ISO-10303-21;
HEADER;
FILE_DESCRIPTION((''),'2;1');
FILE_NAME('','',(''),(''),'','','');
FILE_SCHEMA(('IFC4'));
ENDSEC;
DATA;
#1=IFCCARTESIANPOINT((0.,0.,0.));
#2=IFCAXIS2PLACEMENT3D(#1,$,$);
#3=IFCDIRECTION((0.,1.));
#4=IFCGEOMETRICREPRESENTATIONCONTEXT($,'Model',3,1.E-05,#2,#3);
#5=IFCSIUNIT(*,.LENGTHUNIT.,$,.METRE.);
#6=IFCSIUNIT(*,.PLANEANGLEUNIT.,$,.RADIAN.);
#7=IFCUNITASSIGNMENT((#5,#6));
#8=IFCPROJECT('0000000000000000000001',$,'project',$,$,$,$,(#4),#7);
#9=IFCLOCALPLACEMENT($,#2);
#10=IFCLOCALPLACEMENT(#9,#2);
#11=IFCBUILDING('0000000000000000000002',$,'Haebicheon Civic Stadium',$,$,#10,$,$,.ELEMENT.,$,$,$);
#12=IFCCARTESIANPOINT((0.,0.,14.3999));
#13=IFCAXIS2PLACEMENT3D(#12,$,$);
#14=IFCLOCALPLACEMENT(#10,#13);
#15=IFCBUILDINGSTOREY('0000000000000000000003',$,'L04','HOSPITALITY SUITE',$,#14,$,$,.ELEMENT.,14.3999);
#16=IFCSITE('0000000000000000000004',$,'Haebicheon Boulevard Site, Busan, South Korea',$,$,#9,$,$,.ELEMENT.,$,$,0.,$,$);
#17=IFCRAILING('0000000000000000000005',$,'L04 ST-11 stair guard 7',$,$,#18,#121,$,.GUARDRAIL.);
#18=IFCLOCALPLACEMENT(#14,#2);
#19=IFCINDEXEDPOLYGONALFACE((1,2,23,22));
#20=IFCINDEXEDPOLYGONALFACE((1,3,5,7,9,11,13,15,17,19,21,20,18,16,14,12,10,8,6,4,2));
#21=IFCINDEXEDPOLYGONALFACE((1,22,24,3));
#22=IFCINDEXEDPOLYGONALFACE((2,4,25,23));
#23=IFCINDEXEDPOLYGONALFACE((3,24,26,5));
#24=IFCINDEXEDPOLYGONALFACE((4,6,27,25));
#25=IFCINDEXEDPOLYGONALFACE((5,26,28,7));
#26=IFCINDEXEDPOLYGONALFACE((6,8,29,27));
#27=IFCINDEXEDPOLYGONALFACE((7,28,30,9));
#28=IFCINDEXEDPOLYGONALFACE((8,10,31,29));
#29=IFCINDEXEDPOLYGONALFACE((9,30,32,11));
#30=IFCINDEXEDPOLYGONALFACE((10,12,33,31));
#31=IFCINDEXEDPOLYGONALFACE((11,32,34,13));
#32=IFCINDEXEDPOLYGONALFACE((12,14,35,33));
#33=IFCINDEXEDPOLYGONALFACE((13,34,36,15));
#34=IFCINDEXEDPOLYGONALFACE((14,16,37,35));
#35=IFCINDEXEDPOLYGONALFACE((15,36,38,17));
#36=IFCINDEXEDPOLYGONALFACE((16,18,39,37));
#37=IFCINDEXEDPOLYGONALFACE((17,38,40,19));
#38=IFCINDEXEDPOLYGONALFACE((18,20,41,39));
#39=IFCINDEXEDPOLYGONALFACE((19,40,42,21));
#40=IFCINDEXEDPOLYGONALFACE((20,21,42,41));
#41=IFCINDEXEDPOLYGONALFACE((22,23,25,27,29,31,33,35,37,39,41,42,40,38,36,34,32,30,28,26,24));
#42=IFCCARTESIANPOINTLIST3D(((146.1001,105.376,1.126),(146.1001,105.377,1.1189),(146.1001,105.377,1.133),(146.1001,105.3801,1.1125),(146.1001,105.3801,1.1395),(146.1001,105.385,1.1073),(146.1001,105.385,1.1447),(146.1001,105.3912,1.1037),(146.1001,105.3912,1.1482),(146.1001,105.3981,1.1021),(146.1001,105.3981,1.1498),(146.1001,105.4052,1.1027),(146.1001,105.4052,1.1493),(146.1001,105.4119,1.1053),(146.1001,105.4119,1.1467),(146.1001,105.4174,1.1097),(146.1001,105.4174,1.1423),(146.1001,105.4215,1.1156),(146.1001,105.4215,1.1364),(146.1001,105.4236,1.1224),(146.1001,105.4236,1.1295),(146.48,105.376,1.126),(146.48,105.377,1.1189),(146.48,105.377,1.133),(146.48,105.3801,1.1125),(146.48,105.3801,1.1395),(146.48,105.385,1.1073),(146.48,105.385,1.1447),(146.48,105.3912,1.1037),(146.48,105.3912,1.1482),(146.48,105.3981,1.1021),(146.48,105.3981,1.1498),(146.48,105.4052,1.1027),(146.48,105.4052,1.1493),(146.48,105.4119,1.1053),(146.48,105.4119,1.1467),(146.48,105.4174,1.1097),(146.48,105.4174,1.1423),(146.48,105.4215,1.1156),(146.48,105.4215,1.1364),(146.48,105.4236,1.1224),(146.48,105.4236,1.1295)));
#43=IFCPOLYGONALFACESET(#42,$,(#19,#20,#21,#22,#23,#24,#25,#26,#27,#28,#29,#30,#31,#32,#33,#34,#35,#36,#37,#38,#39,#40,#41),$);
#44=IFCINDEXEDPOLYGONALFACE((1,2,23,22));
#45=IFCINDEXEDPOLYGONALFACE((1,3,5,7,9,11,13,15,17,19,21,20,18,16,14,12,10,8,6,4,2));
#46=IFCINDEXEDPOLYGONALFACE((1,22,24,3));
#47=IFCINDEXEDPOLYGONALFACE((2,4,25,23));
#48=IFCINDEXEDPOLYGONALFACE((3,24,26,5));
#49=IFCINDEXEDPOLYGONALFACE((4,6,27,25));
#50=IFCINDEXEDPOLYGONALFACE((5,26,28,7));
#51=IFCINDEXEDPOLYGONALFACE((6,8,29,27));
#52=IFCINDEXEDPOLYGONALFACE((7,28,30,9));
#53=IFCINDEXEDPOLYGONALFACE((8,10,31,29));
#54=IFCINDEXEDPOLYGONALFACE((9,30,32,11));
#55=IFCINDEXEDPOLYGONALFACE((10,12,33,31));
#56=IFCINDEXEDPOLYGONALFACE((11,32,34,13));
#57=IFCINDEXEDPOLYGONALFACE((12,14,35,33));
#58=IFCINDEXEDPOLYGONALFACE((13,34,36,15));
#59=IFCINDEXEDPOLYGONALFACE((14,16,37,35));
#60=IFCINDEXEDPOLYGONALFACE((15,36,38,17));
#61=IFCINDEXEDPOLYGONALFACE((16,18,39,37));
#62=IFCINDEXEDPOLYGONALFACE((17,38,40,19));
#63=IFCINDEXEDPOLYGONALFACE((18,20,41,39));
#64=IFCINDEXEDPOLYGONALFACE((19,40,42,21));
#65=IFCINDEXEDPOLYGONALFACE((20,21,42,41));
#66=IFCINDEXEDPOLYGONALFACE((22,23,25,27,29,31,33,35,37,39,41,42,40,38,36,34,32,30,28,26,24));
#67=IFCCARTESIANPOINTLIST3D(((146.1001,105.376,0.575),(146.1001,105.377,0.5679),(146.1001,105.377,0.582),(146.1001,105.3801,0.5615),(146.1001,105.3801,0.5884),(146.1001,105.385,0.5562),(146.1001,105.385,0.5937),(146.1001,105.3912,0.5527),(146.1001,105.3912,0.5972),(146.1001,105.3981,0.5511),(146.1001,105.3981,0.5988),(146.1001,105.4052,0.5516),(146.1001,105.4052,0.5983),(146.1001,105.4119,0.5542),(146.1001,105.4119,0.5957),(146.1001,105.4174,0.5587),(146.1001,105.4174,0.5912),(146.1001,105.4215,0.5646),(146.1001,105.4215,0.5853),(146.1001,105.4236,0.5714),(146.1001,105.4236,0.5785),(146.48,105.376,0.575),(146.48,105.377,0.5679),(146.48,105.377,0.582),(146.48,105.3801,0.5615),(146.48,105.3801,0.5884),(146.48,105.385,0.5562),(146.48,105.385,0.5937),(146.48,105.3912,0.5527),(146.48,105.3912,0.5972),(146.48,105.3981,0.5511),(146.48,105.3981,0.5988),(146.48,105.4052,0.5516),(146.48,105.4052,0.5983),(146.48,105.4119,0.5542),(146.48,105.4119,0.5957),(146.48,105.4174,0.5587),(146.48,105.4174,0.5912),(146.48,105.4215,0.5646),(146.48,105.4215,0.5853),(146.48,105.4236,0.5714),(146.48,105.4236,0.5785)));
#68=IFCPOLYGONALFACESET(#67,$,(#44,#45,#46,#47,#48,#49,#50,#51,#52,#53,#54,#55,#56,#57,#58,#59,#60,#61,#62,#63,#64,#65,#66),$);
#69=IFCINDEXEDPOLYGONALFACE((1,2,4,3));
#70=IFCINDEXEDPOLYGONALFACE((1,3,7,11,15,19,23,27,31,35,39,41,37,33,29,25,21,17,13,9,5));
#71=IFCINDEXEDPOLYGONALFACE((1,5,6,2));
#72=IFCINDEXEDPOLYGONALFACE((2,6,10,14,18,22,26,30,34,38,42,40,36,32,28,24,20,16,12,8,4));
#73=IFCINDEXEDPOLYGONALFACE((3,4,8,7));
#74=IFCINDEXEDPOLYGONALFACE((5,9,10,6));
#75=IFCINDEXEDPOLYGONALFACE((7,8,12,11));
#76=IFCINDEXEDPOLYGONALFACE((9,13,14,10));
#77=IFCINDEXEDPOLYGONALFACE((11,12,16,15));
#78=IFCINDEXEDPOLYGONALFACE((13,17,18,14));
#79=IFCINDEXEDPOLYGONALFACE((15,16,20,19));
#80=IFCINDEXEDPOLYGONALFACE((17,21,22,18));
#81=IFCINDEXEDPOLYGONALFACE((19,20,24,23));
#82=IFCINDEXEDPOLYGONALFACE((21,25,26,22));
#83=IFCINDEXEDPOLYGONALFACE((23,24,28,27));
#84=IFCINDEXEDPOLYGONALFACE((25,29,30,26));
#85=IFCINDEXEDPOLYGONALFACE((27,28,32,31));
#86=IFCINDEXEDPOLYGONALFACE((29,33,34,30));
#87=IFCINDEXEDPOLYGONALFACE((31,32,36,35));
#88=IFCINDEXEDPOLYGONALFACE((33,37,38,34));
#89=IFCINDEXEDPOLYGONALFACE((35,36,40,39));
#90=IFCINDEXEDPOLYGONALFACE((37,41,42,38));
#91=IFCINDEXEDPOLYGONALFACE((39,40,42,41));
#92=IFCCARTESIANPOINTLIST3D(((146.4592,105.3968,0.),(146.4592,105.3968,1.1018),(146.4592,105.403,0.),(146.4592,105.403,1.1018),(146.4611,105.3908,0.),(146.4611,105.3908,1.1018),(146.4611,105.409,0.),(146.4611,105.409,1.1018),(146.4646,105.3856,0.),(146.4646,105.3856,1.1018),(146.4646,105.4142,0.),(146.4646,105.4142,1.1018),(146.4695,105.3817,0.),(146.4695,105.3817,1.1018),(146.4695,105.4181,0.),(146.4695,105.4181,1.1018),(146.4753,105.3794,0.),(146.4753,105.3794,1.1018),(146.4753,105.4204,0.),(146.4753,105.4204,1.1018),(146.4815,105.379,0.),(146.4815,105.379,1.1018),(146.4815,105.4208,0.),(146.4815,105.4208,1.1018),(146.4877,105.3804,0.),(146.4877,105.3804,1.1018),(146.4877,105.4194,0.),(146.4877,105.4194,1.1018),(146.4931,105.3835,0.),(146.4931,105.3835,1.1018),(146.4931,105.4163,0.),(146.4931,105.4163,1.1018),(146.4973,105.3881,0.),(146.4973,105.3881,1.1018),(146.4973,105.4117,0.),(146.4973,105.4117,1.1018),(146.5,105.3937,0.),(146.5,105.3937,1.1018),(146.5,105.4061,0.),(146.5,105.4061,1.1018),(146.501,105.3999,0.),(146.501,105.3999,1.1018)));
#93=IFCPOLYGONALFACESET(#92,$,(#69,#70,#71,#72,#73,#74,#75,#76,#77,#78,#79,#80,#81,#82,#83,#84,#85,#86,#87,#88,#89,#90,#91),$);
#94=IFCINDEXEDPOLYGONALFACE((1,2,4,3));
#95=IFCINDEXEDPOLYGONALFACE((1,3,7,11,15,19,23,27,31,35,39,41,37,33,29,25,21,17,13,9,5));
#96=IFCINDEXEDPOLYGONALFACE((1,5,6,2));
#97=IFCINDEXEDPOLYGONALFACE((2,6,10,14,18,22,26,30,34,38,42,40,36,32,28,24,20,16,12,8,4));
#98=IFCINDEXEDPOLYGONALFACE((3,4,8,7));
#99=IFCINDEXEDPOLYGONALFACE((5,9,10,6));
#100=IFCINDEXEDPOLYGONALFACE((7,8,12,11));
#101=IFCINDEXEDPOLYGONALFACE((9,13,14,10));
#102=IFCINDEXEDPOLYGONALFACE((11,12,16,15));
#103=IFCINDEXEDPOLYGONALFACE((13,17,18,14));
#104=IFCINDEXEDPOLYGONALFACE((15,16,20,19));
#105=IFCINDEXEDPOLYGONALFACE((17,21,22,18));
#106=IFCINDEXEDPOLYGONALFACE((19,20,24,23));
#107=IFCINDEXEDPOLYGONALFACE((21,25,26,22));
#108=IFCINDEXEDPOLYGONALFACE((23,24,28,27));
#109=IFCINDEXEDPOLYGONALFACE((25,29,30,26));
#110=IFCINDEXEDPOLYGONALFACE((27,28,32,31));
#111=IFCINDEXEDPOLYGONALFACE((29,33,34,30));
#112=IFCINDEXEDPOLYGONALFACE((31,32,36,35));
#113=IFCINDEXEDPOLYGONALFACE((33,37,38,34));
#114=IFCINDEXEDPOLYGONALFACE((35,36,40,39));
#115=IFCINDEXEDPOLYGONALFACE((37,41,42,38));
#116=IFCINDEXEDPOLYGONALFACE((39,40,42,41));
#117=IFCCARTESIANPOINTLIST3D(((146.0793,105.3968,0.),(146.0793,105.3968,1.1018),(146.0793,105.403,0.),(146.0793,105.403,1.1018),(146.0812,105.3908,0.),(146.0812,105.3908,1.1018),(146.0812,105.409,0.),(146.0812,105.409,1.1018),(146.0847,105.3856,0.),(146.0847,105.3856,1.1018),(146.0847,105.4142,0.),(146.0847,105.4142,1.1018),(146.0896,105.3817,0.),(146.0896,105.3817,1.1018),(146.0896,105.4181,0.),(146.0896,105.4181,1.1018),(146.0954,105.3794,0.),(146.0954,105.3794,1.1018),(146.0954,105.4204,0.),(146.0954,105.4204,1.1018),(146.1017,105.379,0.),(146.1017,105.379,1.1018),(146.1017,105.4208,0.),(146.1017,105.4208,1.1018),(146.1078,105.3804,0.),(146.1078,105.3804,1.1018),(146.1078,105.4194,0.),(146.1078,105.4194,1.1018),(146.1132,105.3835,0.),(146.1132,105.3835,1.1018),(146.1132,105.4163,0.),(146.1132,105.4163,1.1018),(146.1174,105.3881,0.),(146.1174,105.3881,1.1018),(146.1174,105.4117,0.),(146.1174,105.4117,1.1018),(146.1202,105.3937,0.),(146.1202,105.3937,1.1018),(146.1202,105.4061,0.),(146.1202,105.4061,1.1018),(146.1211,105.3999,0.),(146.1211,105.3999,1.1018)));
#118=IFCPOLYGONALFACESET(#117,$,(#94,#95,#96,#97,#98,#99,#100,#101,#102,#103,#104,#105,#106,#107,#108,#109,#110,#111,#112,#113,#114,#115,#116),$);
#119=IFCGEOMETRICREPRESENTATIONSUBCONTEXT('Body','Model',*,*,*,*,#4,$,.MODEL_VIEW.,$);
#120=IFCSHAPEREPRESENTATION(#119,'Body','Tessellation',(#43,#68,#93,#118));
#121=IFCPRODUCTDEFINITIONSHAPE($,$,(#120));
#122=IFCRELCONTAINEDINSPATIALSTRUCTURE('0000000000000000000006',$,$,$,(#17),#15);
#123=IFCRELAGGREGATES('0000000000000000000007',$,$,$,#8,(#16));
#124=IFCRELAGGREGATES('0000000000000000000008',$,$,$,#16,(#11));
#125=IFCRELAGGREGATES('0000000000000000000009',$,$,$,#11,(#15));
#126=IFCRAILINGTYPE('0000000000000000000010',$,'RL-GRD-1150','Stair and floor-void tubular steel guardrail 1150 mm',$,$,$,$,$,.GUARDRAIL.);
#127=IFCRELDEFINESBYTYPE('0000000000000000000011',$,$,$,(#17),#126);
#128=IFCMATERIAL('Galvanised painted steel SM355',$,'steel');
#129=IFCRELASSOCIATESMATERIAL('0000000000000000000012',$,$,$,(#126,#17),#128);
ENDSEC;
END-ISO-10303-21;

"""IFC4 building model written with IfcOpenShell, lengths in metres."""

from ifc_helpers import new_model, si_unit, direction, frame, origin, origin_2d, place, context, subcontext, project, spatial, circle, extrude, material, type_object, element, save


model = new_model("IFC4")

# Units and contexts
model_context = context("Model", 3, precision=1e-05, world=origin(), true_north=direction((0.0, 1.0)))
body_context = subcontext(model_context, "Body", "Model", "MODEL_VIEW")
ifc_project = project(units=[si_unit("LENGTHUNIT", "METRE"), si_unit("PLANEANGLEUNIT", "RADIAN")], contexts=[model_context])

# Site, building, storey
site_placement = place(None, origin())
site = spatial("IfcSite", under=ifc_project, at=site_placement, Name="Haebicheon Boulevard Site, Busan, South Korea", CompositionType="ELEMENT", RefElevation=0.0)
building_placement = place(site_placement, origin())
building = spatial("IfcBuilding", under=site, at=building_placement, Name="Haebicheon Civic Stadium", CompositionType="ELEMENT")
storey_placement = place(building_placement, frame((0.0, 0.0, 14.3999)))
storey = spatial("IfcBuildingStorey", under=building, at=storey_placement, Name="L04", Description="HOSPITALITY SUITE", CompositionType="ELEMENT", Elevation=14.3999)

# Railing
ifc_material_1 = material(Name="Galvanised painted steel SM355", Category="steel")
railing_type_1 = type_object("IfcRailingType", Name="RL-GRD-1150", Description="Stair and floor-void tubular steel guardrail 1150 mm", PredefinedType="GUARDRAIL", material=ifc_material_1)
railing_1_placement = place(storey_placement, frame((146.48, 105.3999, 0.0)))
element("IfcRailing", 1, at=railing_1_placement, inside=storey, type_object=railing_type_1, material=ifc_material_1, Name="L04 ST-11 stair guard 7", PredefinedType="GUARDRAIL", context=body_context, shape_type="SweptSolid", body=[
    extrude(circle(Radius=0.0239, at=origin_2d()), frame((0.0, 0.0, 1.126), z_axis=(-1.0, 0.0, 0.0), x_axis=(0.0, -1.0, 0.0)), (0.0, 0.0, 1.0), 0.3799),
    extrude(circle(Radius=0.0239, at=origin_2d()), frame((0.0, 0.0, 0.575), z_axis=(-1.0, 0.0, 0.0), x_axis=(0.0, -1.0, 0.0)), (0.0, 0.0, 1.0), 0.3799),
    extrude(circle(Radius=0.021, at=origin_2d()), origin(), (0.0, 0.0, 1.0), 1.1018),
    extrude(circle(Radius=0.021, at=origin_2d()), frame((-0.3799, 0.0, 0.0)), (0.0, 0.0, 1.0), 1.1018),
])

save(model, "model.ifc")
